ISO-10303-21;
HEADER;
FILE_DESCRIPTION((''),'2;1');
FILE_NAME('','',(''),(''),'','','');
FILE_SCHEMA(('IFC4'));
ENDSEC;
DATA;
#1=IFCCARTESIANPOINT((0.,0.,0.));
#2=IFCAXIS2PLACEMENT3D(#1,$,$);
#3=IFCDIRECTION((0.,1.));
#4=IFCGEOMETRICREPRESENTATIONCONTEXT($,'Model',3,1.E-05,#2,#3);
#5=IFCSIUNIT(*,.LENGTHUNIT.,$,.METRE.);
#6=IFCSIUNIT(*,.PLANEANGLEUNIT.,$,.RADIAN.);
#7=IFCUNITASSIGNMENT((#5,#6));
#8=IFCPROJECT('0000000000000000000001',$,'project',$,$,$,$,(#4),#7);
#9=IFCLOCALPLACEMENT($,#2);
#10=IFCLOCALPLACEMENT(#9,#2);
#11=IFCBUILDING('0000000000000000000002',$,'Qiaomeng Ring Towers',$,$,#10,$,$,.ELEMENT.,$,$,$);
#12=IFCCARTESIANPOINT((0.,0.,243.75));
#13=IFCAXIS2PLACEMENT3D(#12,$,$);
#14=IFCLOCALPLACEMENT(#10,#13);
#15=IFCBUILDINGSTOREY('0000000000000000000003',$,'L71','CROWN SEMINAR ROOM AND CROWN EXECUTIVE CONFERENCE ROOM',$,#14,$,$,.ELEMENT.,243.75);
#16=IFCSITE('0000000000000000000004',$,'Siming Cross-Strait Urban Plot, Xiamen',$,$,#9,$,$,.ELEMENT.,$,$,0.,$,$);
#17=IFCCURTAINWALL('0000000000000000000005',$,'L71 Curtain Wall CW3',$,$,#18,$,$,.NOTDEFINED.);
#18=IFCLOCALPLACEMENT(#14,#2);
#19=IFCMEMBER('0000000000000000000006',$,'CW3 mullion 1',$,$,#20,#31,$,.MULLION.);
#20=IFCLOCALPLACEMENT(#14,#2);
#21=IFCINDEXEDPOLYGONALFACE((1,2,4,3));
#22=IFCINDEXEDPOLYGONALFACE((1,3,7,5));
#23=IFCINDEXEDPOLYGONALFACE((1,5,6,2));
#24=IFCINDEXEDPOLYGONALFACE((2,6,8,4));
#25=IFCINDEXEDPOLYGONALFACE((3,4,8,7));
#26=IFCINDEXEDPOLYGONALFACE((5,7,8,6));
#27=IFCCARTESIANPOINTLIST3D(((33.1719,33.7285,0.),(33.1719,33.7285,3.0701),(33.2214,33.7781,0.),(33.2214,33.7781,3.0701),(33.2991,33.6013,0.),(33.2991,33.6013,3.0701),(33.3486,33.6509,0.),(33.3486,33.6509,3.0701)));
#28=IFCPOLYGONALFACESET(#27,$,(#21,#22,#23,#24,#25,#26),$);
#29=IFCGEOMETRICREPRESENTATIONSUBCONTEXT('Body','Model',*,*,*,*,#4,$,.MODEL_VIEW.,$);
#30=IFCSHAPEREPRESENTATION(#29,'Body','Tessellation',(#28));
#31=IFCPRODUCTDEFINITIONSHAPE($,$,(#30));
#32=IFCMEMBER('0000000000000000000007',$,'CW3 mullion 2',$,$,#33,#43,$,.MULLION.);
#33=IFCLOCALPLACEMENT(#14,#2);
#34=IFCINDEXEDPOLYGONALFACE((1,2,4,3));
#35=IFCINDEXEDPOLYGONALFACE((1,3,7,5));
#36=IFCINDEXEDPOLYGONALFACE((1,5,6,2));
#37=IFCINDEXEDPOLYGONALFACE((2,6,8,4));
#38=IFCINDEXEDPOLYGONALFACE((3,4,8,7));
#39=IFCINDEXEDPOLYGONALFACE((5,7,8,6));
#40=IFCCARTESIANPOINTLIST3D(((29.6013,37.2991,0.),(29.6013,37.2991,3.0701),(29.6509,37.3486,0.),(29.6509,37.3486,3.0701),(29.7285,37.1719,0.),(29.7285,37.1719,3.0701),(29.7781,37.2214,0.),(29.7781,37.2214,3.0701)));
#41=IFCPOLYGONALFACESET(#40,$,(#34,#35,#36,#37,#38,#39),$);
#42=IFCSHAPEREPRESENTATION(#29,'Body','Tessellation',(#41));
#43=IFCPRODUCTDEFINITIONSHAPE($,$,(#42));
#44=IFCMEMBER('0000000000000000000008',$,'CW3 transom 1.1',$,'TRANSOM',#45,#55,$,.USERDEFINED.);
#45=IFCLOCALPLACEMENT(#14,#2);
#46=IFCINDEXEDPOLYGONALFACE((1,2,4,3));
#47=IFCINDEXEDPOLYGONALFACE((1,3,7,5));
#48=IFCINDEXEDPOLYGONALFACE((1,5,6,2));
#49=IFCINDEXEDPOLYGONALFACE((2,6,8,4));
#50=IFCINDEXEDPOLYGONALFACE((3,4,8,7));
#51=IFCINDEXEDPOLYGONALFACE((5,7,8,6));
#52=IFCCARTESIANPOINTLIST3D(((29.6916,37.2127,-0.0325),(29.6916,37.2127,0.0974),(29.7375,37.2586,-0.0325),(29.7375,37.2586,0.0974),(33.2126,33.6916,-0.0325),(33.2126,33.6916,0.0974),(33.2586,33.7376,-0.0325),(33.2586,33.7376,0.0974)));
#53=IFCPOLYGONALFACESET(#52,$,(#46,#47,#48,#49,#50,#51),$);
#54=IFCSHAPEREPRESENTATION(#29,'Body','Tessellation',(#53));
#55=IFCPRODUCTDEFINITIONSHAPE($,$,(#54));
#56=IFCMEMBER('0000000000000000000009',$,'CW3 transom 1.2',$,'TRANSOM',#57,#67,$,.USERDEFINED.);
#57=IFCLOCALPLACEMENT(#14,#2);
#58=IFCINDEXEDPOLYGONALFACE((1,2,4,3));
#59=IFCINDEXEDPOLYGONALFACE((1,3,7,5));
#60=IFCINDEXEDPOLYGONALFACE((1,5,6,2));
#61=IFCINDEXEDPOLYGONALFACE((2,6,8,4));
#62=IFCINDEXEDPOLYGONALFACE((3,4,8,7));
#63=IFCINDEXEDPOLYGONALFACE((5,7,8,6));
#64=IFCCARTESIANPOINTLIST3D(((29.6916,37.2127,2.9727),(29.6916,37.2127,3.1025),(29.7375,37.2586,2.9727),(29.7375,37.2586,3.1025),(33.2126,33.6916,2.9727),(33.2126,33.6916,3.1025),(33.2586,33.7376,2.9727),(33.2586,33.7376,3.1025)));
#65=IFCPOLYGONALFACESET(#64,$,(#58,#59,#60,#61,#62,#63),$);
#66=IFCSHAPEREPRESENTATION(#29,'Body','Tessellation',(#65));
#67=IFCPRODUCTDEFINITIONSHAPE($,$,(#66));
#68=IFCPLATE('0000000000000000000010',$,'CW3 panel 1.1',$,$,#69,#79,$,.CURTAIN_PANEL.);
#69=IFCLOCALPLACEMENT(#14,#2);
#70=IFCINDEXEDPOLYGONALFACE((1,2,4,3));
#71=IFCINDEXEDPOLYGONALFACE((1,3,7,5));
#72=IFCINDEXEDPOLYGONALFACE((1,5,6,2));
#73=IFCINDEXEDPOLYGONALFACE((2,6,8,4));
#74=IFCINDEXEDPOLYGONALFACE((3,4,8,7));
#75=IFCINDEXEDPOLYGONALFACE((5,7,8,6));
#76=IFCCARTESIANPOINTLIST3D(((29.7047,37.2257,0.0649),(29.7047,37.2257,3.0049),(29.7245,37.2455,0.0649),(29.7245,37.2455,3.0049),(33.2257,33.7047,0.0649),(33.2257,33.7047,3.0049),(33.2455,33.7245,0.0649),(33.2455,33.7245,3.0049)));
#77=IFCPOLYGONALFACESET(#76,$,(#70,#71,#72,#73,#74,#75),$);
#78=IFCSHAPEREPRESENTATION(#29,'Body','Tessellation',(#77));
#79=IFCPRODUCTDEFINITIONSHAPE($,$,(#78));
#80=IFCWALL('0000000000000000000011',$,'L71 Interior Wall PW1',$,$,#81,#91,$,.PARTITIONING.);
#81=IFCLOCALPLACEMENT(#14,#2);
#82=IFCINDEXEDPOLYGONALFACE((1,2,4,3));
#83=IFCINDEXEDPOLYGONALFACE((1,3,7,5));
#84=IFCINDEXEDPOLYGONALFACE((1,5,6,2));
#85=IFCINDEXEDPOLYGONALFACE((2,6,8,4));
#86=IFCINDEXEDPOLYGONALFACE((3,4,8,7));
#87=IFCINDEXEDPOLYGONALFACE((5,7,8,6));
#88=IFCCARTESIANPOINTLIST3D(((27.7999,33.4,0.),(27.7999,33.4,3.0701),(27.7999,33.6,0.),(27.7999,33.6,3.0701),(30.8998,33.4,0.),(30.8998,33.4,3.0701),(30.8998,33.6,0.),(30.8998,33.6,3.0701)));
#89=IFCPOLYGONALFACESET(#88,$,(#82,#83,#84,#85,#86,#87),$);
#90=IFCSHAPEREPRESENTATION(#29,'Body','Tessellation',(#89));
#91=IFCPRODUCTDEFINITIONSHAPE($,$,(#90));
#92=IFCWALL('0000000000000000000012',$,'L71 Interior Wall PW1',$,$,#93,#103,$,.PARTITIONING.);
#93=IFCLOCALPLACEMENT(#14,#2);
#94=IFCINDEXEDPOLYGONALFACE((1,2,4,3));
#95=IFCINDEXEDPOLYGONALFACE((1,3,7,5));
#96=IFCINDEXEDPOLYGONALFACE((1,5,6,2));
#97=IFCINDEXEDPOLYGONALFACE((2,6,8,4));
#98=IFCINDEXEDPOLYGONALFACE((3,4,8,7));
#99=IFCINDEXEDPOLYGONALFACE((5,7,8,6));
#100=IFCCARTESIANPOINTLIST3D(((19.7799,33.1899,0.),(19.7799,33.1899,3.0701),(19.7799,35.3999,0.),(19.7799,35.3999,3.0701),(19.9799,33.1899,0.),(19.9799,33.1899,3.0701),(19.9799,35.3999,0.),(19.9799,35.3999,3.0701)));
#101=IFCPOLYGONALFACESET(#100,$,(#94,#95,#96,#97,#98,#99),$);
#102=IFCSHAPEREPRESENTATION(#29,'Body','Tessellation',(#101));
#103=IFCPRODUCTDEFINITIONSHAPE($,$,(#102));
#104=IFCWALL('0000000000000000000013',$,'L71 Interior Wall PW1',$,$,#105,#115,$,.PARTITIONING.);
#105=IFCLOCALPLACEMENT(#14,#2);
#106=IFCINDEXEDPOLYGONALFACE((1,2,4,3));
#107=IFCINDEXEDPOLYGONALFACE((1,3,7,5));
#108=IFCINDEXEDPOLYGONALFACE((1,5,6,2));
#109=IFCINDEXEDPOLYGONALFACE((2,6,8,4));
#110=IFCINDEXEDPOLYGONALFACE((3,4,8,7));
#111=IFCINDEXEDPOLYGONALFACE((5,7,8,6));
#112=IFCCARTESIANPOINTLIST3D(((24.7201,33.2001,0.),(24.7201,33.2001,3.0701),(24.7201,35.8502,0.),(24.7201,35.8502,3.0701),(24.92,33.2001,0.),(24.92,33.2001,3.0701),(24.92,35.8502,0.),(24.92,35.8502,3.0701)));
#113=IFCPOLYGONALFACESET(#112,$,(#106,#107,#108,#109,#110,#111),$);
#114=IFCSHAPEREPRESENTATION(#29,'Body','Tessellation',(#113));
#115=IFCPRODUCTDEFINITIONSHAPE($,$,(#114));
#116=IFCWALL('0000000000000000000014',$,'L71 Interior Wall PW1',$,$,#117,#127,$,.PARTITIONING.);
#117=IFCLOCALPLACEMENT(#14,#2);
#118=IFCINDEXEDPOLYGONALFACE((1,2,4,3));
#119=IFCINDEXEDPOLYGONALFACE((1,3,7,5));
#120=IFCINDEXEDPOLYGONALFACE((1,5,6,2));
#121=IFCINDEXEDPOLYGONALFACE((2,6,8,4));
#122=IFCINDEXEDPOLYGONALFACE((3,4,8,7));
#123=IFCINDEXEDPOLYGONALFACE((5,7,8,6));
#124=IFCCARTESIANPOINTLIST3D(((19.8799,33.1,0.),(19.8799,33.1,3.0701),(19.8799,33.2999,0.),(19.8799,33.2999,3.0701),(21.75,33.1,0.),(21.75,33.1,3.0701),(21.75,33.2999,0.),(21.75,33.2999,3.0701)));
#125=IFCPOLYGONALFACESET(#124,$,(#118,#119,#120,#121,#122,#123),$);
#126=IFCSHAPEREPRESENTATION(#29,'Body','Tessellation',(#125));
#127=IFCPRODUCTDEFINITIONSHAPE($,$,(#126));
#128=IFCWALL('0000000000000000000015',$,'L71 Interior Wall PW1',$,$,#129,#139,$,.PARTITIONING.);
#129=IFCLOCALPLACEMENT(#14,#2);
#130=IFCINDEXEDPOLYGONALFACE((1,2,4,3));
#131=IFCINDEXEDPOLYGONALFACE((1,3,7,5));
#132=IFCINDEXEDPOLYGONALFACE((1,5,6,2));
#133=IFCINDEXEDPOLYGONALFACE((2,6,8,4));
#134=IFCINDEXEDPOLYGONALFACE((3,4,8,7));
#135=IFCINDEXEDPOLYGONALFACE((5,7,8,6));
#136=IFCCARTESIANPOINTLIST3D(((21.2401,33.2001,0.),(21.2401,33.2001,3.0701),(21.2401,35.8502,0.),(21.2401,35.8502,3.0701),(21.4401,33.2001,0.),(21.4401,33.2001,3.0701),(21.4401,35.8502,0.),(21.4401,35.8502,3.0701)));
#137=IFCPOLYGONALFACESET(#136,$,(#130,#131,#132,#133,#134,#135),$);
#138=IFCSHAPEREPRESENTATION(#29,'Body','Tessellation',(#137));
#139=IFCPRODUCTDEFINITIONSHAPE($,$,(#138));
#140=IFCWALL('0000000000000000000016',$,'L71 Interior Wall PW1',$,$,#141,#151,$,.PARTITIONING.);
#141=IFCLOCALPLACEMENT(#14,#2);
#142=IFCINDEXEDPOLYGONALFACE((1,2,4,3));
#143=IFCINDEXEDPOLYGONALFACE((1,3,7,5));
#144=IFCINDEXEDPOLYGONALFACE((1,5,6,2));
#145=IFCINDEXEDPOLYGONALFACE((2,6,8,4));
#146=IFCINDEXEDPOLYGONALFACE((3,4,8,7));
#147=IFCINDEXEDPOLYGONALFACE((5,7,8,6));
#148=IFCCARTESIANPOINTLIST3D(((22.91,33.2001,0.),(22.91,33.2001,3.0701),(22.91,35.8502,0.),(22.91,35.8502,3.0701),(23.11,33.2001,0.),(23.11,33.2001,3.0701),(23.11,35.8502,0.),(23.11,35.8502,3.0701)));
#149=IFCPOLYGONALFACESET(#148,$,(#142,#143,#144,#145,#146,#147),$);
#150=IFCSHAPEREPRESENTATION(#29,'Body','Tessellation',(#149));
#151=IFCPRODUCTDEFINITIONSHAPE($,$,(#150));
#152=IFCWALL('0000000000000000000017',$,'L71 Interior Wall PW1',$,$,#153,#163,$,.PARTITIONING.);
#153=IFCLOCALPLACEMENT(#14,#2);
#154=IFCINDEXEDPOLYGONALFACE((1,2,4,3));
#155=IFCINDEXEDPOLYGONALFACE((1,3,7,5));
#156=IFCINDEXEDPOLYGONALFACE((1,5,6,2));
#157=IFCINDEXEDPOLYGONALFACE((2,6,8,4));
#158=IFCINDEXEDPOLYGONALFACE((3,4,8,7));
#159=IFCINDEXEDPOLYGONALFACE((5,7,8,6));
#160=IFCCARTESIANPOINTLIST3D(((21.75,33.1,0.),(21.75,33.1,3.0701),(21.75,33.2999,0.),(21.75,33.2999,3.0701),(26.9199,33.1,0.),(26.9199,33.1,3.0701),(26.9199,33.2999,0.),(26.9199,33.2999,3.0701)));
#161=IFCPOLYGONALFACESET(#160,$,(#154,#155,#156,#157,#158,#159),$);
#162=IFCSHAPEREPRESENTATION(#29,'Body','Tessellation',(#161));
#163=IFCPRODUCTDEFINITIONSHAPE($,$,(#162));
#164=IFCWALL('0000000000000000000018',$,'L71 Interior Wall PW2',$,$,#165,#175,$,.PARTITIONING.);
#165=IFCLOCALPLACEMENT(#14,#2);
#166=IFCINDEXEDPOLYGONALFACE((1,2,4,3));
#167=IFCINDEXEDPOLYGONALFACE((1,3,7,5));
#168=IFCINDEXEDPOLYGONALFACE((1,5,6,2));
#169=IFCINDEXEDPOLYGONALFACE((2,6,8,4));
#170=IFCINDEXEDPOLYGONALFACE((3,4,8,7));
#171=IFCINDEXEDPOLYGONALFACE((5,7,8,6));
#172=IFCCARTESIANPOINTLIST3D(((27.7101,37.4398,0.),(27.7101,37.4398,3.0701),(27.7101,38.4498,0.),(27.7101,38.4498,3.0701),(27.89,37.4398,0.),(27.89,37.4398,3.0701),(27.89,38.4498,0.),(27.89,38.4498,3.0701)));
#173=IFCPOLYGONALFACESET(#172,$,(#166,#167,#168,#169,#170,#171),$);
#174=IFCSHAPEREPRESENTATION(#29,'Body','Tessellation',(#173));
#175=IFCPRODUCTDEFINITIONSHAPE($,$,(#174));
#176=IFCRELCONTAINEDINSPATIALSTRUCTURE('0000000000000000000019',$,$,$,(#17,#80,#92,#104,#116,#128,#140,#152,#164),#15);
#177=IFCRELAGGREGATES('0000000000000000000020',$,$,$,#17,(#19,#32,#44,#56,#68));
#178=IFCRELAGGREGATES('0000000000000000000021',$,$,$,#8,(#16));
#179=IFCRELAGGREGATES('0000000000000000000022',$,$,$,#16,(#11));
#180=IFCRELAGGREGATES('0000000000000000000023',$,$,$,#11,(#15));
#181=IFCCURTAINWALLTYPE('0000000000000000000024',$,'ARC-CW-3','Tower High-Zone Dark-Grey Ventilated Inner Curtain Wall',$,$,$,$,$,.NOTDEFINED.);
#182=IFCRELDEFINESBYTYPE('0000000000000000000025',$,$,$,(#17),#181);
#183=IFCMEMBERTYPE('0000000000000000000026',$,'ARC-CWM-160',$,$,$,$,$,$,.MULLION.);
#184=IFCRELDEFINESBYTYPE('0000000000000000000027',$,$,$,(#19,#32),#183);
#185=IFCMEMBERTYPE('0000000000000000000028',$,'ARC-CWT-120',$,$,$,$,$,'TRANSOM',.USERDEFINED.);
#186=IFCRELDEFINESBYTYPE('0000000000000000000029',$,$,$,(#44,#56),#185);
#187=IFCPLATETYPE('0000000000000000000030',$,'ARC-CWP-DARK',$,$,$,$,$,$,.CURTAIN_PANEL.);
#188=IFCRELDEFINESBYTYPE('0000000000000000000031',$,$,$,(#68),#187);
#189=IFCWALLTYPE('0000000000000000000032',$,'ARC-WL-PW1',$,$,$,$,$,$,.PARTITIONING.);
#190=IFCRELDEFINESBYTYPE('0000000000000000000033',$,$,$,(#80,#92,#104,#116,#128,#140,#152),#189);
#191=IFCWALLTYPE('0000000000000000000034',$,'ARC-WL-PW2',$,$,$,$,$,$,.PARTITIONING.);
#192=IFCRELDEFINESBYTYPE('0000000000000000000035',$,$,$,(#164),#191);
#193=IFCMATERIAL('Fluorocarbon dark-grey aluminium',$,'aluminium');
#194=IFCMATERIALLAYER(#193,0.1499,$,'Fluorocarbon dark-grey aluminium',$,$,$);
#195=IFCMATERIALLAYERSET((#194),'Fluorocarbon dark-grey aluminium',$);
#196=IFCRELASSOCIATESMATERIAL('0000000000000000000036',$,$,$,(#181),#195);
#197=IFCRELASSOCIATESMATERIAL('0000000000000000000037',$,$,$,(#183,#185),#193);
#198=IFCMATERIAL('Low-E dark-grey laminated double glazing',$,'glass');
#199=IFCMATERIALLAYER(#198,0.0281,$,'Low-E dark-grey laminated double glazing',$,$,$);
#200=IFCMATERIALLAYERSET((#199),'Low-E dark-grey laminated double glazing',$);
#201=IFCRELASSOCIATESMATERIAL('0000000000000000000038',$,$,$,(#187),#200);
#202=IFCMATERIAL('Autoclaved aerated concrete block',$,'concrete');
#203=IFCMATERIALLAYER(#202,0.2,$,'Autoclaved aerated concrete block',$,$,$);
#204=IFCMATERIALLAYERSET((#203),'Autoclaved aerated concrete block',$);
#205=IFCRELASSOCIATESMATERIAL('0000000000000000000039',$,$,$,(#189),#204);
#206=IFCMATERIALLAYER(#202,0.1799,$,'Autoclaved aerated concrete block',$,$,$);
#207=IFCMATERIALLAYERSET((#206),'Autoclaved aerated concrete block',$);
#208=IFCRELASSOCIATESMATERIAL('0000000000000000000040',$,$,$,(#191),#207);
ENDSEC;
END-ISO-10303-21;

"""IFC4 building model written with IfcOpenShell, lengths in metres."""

from ifc_helpers import new_model, si_unit, direction, frame, frame_2d, origin, origin_2d, place, context, subcontext, project, spatial, rectangle, extrude, source, transform, mapped, material, layer, layer_set, material_profile, profile_set, type_object, element, aggregate, save


model = new_model("IFC4")

# Units and contexts
model_context = context("Model", 3, precision=1e-05, world=origin(), true_north=direction((0.0, 1.0)))
body_context = subcontext(model_context, "Body", "Model", "MODEL_VIEW")
ifc_project = project(units=[si_unit("LENGTHUNIT", "METRE"), si_unit("PLANEANGLEUNIT", "RADIAN")], contexts=[model_context])

# Site, building, storey
site_placement = place(None, origin())
site = spatial("IfcSite", under=ifc_project, at=site_placement, Name="Siming Cross-Strait Urban Plot, Xiamen", CompositionType="ELEMENT", RefElevation=0.0)
building_placement = place(site_placement, origin())
building = spatial("IfcBuilding", under=site, at=building_placement, Name="Qiaomeng Ring Towers", CompositionType="ELEMENT")
storey_placement = place(building_placement, frame((0.0, 0.0, 243.75)))
storey = spatial("IfcBuildingStorey", under=building, at=storey_placement, Name="L71", Description="CROWN SEMINAR ROOM AND CROWN EXECUTIVE CONFERENCE ROOM", CompositionType="ELEMENT", Elevation=243.75)

# Curtain wall, members, plate
ifc_material_1 = material(Name="Fluorocarbon dark-grey aluminium", Category="aluminium")
ifc_layer_1 = layer(ifc_material_1, 0.1499, Name="Fluorocarbon dark-grey aluminium")
ifc_layer_set_1 = layer_set([ifc_layer_1], Name="Fluorocarbon dark-grey aluminium")
curtain_wall_type = type_object("IfcCurtainWallType", Name="ARC-CW-3", Description="Tower High-Zone Dark-Grey Ventilated Inner Curtain Wall", PredefinedType="NOTDEFINED", material=ifc_layer_set_1)
curtain_wall_placement = place(storey_placement, origin())
curtain_wall = element("IfcCurtainWall", 1, at=curtain_wall_placement, inside=storey, type_object=curtain_wall_type, Name="L71 Curtain Wall CW3", PredefinedType="NOTDEFINED")
ifc_material_profile_1 = material_profile(ifc_material_1, rectangle(XDim=0.0701, YDim=0.1799, at=origin_2d()), Name="ALU MULL 70x180")
ifc_profile_set_1 = profile_set([ifc_material_profile_1], Name="Fluorocarbon dark-grey aluminium")
member_type_1 = type_object("IfcMemberType", Name="ARC-CWM-160", PredefinedType="MULLION", material=ifc_profile_set_1)
shared_shape_1 = source(origin(), body_context, "Body", "SweptSolid", [
    extrude(rectangle(XDim=0.0701, YDim=0.1799, at=origin_2d()), origin(), (0.0, 0.0, 1.0), 3.0701),
])
member_1_placement = place(storey_placement, frame((33.2603, 33.6897, 0.0), z_axis=(0.0, 0.0, 1.0), x_axis=(-0.707107, -0.707107, 0.0)))
member_1 = element("IfcMember", 2, at=member_1_placement, type_object=member_type_1, Name="CW3 mullion 1", PredefinedType="MULLION", context=body_context, shape_type="MappedRepresentation", body=[
    mapped(shared_shape_1, transform((0.0, 0.0, 0.0), x_axis=(1.0, 0.0, 0.0), y_axis=(0.0, 1.0, 0.0), z_axis=(0.0, 0.0, 1.0), scale=1.0)),
])
member_2_placement = place(storey_placement, frame((29.6897, 37.2603, 0.0), z_axis=(0.0, 0.0, 1.0), x_axis=(-0.707107, -0.707107, 0.0)))
member_2 = element("IfcMember", 3, at=member_2_placement, type_object=member_type_1, Name="CW3 mullion 2", PredefinedType="MULLION", context=body_context, shape_type="MappedRepresentation", body=[
    mapped(shared_shape_1, transform((0.0, 0.0, 0.0), x_axis=(1.0, 0.0, 0.0), y_axis=(0.0, 1.0, 0.0), z_axis=(0.0, 0.0, 1.0), scale=1.0)),
])
ifc_material_profile_2 = material_profile(ifc_material_1, rectangle(XDim=0.0649, YDim=0.1299, at=origin_2d()), Name="ALU TRAN 65x130")
ifc_profile_set_2 = profile_set([ifc_material_profile_2], Name="Fluorocarbon dark-grey aluminium")
member_type_2 = type_object("IfcMemberType", Name="ARC-CWT-120", ElementType="TRANSOM", PredefinedType="USERDEFINED", material=ifc_profile_set_2)
shared_shape_2 = source(origin(), body_context, "Body", "SweptSolid", [
    extrude(rectangle(XDim=0.0649, YDim=0.1299, at=origin_2d()), origin(), (0.0, 0.0, 1.0), 4.9795),
])
member_3_placement = place(storey_placement, frame((33.2356, 33.7146, 0.0325), z_axis=(-0.707107, 0.707107, 0.0), x_axis=(-0.707107, -0.707107, 0.0)))
member_3 = element("IfcMember", 4, at=member_3_placement, type_object=member_type_2, Name="CW3 transom 1.1", ObjectType="TRANSOM", PredefinedType="USERDEFINED", context=body_context, shape_type="MappedRepresentation", body=[
    mapped(shared_shape_2, transform((0.0, 0.0, 0.0), x_axis=(1.0, 0.0, 0.0), y_axis=(0.0, 1.0, 0.0), z_axis=(0.0, 0.0, 1.0), scale=1.0)),
])
member_4_placement = place(storey_placement, frame((33.2356, 33.7146, 3.0376), z_axis=(-0.707107, 0.707107, 0.0), x_axis=(-0.707107, -0.707107, 0.0)))
member_4 = element("IfcMember", 5, at=member_4_placement, type_object=member_type_2, Name="CW3 transom 1.2", ObjectType="TRANSOM", PredefinedType="USERDEFINED", context=body_context, shape_type="MappedRepresentation", body=[
    mapped(shared_shape_2, transform((0.0, 0.0, 0.0), x_axis=(1.0, 0.0, 0.0), y_axis=(0.0, 1.0, 0.0), z_axis=(0.0, 0.0, 1.0), scale=1.0)),
])
ifc_material_2 = material(Name="Low-E dark-grey laminated double glazing", Category="glass")
ifc_layer_2 = layer(ifc_material_2, 0.0281, Name="Low-E dark-grey laminated double glazing")
ifc_layer_set_2 = layer_set([ifc_layer_2], Name="Low-E dark-grey laminated double glazing")
plate_type = type_object("IfcPlateType", Name="ARC-CWP-DARK", PredefinedType="CURTAIN_PANEL", material=ifc_layer_set_2)
shared_shape_3 = source(origin(), body_context, "Body", "SweptSolid", [
    extrude(rectangle(XDim=4.9795, YDim=0.0281, at=origin_2d()), origin(), (0.0, 0.0, 1.0), 2.9399),
])
plate_placement = place(storey_placement, frame((31.4751, 35.4751, 0.0649), z_axis=(0.0, 0.0, 1.0), x_axis=(-0.707107, 0.707107, 0.0)))
plate = element("IfcPlate", 6, at=plate_placement, type_object=plate_type, Name="CW3 panel 1.1", PredefinedType="CURTAIN_PANEL", context=body_context, shape_type="MappedRepresentation", body=[
    mapped(shared_shape_3, transform((0.0, 0.0, 0.0), x_axis=(1.0, 0.0, 0.0), y_axis=(0.0, 1.0, 0.0), z_axis=(0.0, 0.0, 1.0), scale=1.0)),
])
aggregate(curtain_wall, [member_1, member_2, member_3, member_4, plate])

# Walls
ifc_material_3 = material(Name="Autoclaved aerated concrete block", Category="concrete")
ifc_layer_3 = layer(ifc_material_3, 0.2, Name="Autoclaved aerated concrete block")
ifc_layer_set_3 = layer_set([ifc_layer_3], Name="Autoclaved aerated concrete block")
wall_type_1 = type_object("IfcWallType", Name="ARC-WL-PW1", PredefinedType="PARTITIONING", material=ifc_layer_set_3)
wall_1_placement = place(storey_placement, frame((27.8, 33.5, 0.0), z_axis=(0.0, 0.0, 1.0), x_axis=(1.0, 0.0, 0.0)))
element("IfcWall", 7, at=wall_1_placement, inside=storey, type_object=wall_type_1, Name="L71 Interior Wall PW1", PredefinedType="PARTITIONING", context=body_context, shape_type="SweptSolid", body=[
    extrude(rectangle(XDim=3.0999, YDim=0.2, at=frame_2d((1.5498, 0.0))), origin(), (0.0, 0.0, 1.0), 3.0701),
])
wall_2_placement = place(storey_placement, frame((19.8799, 33.1899, 0.0), z_axis=(0.0, 0.0, 1.0), x_axis=(0.0, 1.0, 0.0)))
element("IfcWall", 8, at=wall_2_placement, inside=storey, type_object=wall_type_1, Name="L71 Interior Wall PW1", PredefinedType="PARTITIONING", context=body_context, shape_type="SweptSolid", body=[
    extrude(rectangle(XDim=2.21, YDim=0.2, at=frame_2d((1.105, 0.0))), origin(), (0.0, 0.0, 1.0), 3.0701),
])
wall_3_placement = place(storey_placement, frame((24.8201, 33.2, 0.0), z_axis=(0.0, 0.0, 1.0), x_axis=(0.0, 1.0, 0.0)))
element("IfcWall", 9, at=wall_3_placement, inside=storey, type_object=wall_type_1, Name="L71 Interior Wall PW1", PredefinedType="PARTITIONING", context=body_context, shape_type="SweptSolid", body=[
    extrude(rectangle(XDim=2.6501, YDim=0.2, at=frame_2d((1.3252, 0.0))), origin(), (0.0, 0.0, 1.0), 3.0701),
])
wall_4_placement = place(storey_placement, frame((19.8799, 33.2, 0.0), z_axis=(0.0, 0.0, 1.0), x_axis=(1.0, 0.0, 0.0)))
element("IfcWall", 10, at=wall_4_placement, inside=storey, type_object=wall_type_1, Name="L71 Interior Wall PW1", PredefinedType="PARTITIONING", context=body_context, shape_type="SweptSolid", body=[
    extrude(rectangle(XDim=1.8701, YDim=0.2, at=frame_2d((0.9351, 0.0))), origin(), (0.0, 0.0, 1.0), 3.0701),
])
for number, where, z_axis, x_axis, name in (
    (11, (21.3401, 33.2, 0.0), (0.0, 0.0, 1.0), (0.0, 1.0, 0.0), "L71 Interior Wall PW1"),
    (12, (23.01, 33.2, 0.0), (0.0, 0.0, 1.0), (0.0, 1.0, 0.0), "L71 Interior Wall PW1"),
):
    element("IfcWall", number, at=place(storey_placement, frame(where, z_axis=z_axis, x_axis=x_axis)), inside=storey, type_object=wall_type_1, Name=name, PredefinedType="PARTITIONING", context=body_context, shape_type="SweptSolid", body=[
        extrude(rectangle(XDim=2.6501, YDim=0.2, at=frame_2d((1.3252, 0.0))), origin(), (0.0, 0.0, 1.0), 3.0701),
    ])
wall_5_placement = place(storey_placement, frame((21.75, 33.2, 0.0), z_axis=(0.0, 0.0, 1.0), x_axis=(1.0, 0.0, 0.0)))
element("IfcWall", 13, at=wall_5_placement, inside=storey, type_object=wall_type_1, Name="L71 Interior Wall PW1", PredefinedType="PARTITIONING", context=body_context, shape_type="SweptSolid", body=[
    extrude(rectangle(XDim=5.1699, YDim=0.2, at=frame_2d((2.585, 0.0))), origin(), (0.0, 0.0, 1.0), 3.0701),
])
ifc_layer_4 = layer(ifc_material_3, 0.1799, Name="Autoclaved aerated concrete block")
ifc_layer_set_4 = layer_set([ifc_layer_4], Name="Autoclaved aerated concrete block")
wall_type_2 = type_object("IfcWallType", Name="ARC-WL-PW2", PredefinedType="PARTITIONING", material=ifc_layer_set_4)
wall_6_placement = place(storey_placement, frame((27.8, 37.4399, 0.0), z_axis=(0.0, 0.0, 1.0), x_axis=(0.0, 1.0, 0.0)))
element("IfcWall", 14, at=wall_6_placement, inside=storey, type_object=wall_type_2, Name="L71 Interior Wall PW2", PredefinedType="PARTITIONING", context=body_context, shape_type="SweptSolid", body=[
    extrude(rectangle(XDim=1.01, YDim=0.1799, at=frame_2d((0.5049, 0.0))), origin(), (0.0, 0.0, 1.0), 3.0701),
])

save(model, "model.ifc")
